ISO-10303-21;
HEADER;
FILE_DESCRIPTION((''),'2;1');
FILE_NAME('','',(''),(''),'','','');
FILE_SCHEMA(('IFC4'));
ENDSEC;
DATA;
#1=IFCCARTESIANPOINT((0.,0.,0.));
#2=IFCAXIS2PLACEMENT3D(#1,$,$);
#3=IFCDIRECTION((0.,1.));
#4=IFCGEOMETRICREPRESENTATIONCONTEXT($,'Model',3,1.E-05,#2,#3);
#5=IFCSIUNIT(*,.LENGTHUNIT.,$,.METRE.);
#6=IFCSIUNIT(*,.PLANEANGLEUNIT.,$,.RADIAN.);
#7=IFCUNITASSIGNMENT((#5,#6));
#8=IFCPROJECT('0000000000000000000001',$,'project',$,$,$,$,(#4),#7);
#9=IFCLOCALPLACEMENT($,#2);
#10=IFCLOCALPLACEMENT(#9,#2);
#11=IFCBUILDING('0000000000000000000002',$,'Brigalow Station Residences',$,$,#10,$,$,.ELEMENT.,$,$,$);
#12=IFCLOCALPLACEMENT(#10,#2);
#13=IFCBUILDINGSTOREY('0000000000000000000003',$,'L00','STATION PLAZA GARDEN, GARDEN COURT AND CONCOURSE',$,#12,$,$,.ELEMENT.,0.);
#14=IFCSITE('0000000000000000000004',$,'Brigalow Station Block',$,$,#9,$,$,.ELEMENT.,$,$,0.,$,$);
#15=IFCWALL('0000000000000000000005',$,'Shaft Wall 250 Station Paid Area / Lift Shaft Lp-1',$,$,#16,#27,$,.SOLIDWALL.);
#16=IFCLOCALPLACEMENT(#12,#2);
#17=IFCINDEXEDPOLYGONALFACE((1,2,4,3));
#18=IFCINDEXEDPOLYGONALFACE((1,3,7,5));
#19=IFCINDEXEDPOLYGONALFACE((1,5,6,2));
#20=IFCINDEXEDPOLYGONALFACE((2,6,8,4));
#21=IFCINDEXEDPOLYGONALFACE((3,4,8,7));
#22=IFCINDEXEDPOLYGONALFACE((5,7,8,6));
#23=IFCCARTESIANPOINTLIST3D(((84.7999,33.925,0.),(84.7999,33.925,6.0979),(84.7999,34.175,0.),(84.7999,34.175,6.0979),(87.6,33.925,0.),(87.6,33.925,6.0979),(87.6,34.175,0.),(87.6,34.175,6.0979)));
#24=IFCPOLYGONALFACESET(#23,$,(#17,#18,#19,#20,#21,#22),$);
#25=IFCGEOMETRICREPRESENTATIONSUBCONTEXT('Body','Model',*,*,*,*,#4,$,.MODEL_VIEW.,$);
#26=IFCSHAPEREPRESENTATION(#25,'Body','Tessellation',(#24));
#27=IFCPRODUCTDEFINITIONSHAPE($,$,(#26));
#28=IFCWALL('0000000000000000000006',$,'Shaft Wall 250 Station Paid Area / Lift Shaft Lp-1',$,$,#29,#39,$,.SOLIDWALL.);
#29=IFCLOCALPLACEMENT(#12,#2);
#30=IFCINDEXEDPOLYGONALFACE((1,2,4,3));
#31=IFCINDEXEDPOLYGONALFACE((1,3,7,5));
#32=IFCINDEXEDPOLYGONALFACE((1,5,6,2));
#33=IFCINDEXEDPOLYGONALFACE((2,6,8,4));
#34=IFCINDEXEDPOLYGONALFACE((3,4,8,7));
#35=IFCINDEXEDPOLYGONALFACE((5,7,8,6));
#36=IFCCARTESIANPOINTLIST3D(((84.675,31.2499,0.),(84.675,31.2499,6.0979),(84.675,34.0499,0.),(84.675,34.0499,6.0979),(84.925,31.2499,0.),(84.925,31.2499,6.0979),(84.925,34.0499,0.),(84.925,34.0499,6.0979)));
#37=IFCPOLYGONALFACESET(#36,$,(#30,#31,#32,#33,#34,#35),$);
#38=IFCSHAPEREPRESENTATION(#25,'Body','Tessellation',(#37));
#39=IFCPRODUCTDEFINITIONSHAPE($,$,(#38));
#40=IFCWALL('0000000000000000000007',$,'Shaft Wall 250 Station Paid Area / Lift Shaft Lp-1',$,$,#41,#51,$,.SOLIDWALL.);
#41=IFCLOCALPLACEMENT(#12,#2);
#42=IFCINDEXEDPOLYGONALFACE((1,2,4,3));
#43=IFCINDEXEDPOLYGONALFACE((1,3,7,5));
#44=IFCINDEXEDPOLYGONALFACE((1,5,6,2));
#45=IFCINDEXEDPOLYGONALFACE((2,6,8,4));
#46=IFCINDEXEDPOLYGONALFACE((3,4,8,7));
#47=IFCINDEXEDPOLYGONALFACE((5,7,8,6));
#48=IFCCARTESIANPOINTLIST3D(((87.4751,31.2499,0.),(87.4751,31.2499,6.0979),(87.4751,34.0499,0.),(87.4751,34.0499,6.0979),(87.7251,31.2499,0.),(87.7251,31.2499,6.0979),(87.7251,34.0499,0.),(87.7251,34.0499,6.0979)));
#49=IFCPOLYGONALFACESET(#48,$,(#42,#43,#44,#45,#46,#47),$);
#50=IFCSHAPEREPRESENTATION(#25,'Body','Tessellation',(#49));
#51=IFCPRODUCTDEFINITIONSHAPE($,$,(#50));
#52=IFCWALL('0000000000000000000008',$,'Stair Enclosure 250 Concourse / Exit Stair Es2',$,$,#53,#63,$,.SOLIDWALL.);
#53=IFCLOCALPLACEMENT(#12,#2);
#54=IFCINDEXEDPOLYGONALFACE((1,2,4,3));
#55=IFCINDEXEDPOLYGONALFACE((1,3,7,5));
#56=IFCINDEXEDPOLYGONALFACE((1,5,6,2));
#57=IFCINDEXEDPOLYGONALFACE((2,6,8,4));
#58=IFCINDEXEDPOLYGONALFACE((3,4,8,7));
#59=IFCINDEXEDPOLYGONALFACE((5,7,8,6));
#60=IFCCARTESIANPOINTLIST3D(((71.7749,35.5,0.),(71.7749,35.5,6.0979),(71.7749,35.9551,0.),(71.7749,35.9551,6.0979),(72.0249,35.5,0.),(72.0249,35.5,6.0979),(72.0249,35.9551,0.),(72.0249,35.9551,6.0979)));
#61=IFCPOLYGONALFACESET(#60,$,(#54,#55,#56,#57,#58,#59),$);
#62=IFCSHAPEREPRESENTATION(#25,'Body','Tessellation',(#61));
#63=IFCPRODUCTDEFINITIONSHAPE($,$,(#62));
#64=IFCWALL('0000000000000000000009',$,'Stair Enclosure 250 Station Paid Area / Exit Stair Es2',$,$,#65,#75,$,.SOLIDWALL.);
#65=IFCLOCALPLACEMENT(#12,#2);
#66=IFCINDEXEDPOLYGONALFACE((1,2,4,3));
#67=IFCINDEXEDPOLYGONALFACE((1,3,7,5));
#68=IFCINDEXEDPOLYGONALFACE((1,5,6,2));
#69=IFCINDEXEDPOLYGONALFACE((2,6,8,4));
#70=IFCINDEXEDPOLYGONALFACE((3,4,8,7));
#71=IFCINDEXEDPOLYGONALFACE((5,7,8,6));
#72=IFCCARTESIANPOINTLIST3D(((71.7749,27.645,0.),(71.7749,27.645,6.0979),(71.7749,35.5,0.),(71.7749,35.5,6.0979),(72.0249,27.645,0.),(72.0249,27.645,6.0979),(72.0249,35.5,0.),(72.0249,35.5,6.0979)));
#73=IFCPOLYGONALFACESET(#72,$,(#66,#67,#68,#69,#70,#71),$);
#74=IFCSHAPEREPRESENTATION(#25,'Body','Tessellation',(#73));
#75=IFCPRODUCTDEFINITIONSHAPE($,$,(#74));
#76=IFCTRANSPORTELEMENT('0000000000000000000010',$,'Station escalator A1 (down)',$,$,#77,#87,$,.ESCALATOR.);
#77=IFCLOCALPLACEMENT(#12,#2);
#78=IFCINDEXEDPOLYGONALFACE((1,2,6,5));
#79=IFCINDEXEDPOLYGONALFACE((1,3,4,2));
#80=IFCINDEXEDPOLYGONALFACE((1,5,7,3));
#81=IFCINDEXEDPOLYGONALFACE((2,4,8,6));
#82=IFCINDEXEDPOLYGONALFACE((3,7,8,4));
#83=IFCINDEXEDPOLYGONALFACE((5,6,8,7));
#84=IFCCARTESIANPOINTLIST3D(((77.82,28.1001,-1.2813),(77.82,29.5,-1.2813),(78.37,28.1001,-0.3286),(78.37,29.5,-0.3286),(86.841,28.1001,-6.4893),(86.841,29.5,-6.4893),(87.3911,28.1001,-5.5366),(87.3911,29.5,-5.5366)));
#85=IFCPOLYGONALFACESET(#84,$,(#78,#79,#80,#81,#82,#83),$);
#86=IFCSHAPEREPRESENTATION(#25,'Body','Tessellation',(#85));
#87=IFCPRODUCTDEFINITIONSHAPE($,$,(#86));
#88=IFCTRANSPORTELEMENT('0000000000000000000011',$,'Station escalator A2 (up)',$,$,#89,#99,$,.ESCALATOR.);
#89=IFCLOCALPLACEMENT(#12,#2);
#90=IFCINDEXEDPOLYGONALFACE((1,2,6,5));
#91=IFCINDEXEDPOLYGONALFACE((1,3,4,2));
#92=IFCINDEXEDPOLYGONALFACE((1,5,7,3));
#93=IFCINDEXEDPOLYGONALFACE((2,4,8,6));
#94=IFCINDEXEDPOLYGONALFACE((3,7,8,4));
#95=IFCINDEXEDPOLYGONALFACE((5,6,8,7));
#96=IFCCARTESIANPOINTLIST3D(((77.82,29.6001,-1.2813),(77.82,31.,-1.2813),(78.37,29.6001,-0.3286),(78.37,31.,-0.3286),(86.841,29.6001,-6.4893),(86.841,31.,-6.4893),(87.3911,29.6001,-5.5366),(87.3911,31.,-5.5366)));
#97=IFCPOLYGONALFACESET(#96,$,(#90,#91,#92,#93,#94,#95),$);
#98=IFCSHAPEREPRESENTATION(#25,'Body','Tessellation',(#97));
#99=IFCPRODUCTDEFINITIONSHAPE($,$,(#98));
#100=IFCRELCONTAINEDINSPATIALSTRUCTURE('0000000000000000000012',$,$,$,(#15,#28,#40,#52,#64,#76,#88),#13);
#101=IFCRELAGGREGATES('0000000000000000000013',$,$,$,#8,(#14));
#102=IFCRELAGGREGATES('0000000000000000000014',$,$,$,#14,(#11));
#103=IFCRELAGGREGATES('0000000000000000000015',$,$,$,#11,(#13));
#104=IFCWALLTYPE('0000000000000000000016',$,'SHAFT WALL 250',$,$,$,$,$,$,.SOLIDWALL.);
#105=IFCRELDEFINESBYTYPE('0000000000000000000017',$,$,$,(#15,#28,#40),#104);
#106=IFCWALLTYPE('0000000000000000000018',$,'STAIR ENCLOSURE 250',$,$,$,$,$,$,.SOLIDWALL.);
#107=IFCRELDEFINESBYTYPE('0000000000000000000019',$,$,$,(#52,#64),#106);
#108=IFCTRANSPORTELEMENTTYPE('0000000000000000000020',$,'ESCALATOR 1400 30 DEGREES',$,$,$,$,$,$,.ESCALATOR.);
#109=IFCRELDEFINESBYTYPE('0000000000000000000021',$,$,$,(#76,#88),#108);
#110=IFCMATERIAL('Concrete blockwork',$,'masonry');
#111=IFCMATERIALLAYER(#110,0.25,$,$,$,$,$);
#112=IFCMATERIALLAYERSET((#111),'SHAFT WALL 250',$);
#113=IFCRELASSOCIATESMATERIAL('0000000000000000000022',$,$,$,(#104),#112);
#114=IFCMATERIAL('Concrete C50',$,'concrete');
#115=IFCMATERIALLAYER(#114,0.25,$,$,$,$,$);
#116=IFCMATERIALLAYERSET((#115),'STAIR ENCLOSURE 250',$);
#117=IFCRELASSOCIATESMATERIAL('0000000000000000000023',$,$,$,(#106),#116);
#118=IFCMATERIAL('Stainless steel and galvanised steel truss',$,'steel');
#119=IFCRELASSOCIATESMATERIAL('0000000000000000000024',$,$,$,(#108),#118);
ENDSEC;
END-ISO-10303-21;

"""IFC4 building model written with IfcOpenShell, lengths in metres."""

from ifc_helpers import new_model, si_unit, direction, frame, frame_2d, origin, origin_2d, place, context, subcontext, project, spatial, rectangle, extrude, material, layer, layer_set, material_profile, profile_set, type_object, element, save


model = new_model("IFC4")

# Units and contexts
model_context = context("Model", 3, precision=1e-05, world=origin(), true_north=direction((0.0, 1.0)))
body_context = subcontext(model_context, "Body", "Model", "MODEL_VIEW")
ifc_project = project(units=[si_unit("LENGTHUNIT", "METRE"), si_unit("PLANEANGLEUNIT", "RADIAN")], contexts=[model_context])

# Site, building, storey
site_placement = place(None, origin())
site = spatial("IfcSite", under=ifc_project, at=site_placement, Name="Brigalow Station Block", CompositionType="ELEMENT", RefElevation=0.0)
building_placement = place(site_placement, origin())
building = spatial("IfcBuilding", under=site, at=building_placement, Name="Brigalow Station Residences", CompositionType="ELEMENT")
storey_placement = place(building_placement, origin())
storey = spatial("IfcBuildingStorey", under=building, at=storey_placement, Name="L00", Description="STATION PLAZA GARDEN, GARDEN COURT AND CONCOURSE", CompositionType="ELEMENT", Elevation=0.0)

# Shared definitions
ifc_material_1 = material(Name="Concrete blockwork", Category="masonry")
ifc_layer_1 = layer(ifc_material_1, 0.25)
ifc_layer_set_1 = layer_set([ifc_layer_1], Name="SHAFT WALL 250")
wall_type_1 = type_object("IfcWallType", Name="SHAFT WALL 250", PredefinedType="SOLIDWALL", material=ifc_layer_set_1)

# Walls
for number, where, z_axis, x_axis, name in (
    (1, (84.8, 34.05, 0.0), (0.0, 0.0, 1.0), (1.0, 0.0, 0.0), "Shaft Wall 250 Station Paid Area / Lift Shaft Lp-1"),
    (2, (84.8, 31.25, 0.0), (0.0, 0.0, 1.0), (0.0, 1.0, 0.0), "Shaft Wall 250 Station Paid Area / Lift Shaft Lp-1"),
    (3, (87.6001, 31.25, 0.0), (0.0, 0.0, 1.0), (0.0, 1.0, 0.0), "Shaft Wall 250 Station Paid Area / Lift Shaft Lp-1"),
):
    element("IfcWall", number, at=place(storey_placement, frame(where, z_axis=z_axis, x_axis=x_axis)), inside=storey, type_object=wall_type_1, Name=name, PredefinedType="SOLIDWALL", context=body_context, shape_type="SweptSolid", body=[
        extrude(rectangle(XDim=2.8, YDim=0.25, at=frame_2d((1.3999, 0.0))), origin(), (0.0, 0.0, 1.0), 6.0979),
    ])
ifc_material_2 = material(Name="Concrete C50", Category="concrete")
ifc_layer_2 = layer(ifc_material_2, 0.25)
ifc_layer_set_2 = layer_set([ifc_layer_2], Name="STAIR ENCLOSURE 250")
wall_type_2 = type_object("IfcWallType", Name="STAIR ENCLOSURE 250", PredefinedType="SOLIDWALL", material=ifc_layer_set_2)
wall_1_placement = place(storey_placement, frame((71.8999, 35.5, 0.0), z_axis=(0.0, 0.0, 1.0), x_axis=(0.0, 1.0, 0.0)))
element("IfcWall", 4, at=wall_1_placement, inside=storey, type_object=wall_type_2, Name="Stair Enclosure 250 Concourse / Exit Stair Es2", PredefinedType="SOLIDWALL", context=body_context, shape_type="SweptSolid", body=[
    extrude(rectangle(XDim=0.4551, YDim=0.25, at=frame_2d((0.2275, 0.0))), origin(), (0.0, 0.0, 1.0), 6.0979),
])
wall_2_placement = place(storey_placement, frame((71.8999, 27.645, 0.0), z_axis=(0.0, 0.0, 1.0), x_axis=(0.0, 1.0, 0.0)))
element("IfcWall", 5, at=wall_2_placement, inside=storey, type_object=wall_type_2, Name="Stair Enclosure 250 Station Paid Area / Exit Stair Es2", PredefinedType="SOLIDWALL", context=body_context, shape_type="SweptSolid", body=[
    extrude(rectangle(XDim=7.855, YDim=0.25, at=frame_2d((3.9275, 0.0))), origin(), (0.0, 0.0, 1.0), 6.0979),
])

# Transport elements
ifc_material_3 = material(Name="Stainless steel and galvanised steel truss", Category="steel")
ifc_material_profile_1 = material_profile(ifc_material_3, rectangle(XDim=1.3999, YDim=1.1001, at=origin_2d()), Name="ESC1400x1100")
ifc_profile_set_1 = profile_set([ifc_material_profile_1], Name="Stainless steel and galvanised steel truss")
transport_element_type = type_object("IfcTransportElementType", Name="ESCALATOR 1400 30 DEGREES", PredefinedType="ESCALATOR", material=ifc_profile_set_1)
for number, where, z_axis, x_axis, name in (
    (6, (78.095, 28.8, -0.8049), (0.866036, 0.0, -0.499981), (0.0, 1.0, 0.0), "Station escalator A1 (down)"),
    (7, (78.095, 30.3, -0.8049), (0.866036, 0.0, -0.499981), (0.0, 1.0, 0.0), "Station escalator A2 (up)"),
):
    element("IfcTransportElement", number, at=place(storey_placement, frame(where, z_axis=z_axis, x_axis=x_axis)), inside=storey, type_object=transport_element_type, Name=name, PredefinedType="ESCALATOR", context=body_context, shape_type="SweptSolid", body=[
        extrude(rectangle(XDim=1.3999, YDim=1.1001, at=origin_2d()), origin(), (0.0, 0.0, 1.0), 10.4165),
    ])

save(model, "model.ifc")
